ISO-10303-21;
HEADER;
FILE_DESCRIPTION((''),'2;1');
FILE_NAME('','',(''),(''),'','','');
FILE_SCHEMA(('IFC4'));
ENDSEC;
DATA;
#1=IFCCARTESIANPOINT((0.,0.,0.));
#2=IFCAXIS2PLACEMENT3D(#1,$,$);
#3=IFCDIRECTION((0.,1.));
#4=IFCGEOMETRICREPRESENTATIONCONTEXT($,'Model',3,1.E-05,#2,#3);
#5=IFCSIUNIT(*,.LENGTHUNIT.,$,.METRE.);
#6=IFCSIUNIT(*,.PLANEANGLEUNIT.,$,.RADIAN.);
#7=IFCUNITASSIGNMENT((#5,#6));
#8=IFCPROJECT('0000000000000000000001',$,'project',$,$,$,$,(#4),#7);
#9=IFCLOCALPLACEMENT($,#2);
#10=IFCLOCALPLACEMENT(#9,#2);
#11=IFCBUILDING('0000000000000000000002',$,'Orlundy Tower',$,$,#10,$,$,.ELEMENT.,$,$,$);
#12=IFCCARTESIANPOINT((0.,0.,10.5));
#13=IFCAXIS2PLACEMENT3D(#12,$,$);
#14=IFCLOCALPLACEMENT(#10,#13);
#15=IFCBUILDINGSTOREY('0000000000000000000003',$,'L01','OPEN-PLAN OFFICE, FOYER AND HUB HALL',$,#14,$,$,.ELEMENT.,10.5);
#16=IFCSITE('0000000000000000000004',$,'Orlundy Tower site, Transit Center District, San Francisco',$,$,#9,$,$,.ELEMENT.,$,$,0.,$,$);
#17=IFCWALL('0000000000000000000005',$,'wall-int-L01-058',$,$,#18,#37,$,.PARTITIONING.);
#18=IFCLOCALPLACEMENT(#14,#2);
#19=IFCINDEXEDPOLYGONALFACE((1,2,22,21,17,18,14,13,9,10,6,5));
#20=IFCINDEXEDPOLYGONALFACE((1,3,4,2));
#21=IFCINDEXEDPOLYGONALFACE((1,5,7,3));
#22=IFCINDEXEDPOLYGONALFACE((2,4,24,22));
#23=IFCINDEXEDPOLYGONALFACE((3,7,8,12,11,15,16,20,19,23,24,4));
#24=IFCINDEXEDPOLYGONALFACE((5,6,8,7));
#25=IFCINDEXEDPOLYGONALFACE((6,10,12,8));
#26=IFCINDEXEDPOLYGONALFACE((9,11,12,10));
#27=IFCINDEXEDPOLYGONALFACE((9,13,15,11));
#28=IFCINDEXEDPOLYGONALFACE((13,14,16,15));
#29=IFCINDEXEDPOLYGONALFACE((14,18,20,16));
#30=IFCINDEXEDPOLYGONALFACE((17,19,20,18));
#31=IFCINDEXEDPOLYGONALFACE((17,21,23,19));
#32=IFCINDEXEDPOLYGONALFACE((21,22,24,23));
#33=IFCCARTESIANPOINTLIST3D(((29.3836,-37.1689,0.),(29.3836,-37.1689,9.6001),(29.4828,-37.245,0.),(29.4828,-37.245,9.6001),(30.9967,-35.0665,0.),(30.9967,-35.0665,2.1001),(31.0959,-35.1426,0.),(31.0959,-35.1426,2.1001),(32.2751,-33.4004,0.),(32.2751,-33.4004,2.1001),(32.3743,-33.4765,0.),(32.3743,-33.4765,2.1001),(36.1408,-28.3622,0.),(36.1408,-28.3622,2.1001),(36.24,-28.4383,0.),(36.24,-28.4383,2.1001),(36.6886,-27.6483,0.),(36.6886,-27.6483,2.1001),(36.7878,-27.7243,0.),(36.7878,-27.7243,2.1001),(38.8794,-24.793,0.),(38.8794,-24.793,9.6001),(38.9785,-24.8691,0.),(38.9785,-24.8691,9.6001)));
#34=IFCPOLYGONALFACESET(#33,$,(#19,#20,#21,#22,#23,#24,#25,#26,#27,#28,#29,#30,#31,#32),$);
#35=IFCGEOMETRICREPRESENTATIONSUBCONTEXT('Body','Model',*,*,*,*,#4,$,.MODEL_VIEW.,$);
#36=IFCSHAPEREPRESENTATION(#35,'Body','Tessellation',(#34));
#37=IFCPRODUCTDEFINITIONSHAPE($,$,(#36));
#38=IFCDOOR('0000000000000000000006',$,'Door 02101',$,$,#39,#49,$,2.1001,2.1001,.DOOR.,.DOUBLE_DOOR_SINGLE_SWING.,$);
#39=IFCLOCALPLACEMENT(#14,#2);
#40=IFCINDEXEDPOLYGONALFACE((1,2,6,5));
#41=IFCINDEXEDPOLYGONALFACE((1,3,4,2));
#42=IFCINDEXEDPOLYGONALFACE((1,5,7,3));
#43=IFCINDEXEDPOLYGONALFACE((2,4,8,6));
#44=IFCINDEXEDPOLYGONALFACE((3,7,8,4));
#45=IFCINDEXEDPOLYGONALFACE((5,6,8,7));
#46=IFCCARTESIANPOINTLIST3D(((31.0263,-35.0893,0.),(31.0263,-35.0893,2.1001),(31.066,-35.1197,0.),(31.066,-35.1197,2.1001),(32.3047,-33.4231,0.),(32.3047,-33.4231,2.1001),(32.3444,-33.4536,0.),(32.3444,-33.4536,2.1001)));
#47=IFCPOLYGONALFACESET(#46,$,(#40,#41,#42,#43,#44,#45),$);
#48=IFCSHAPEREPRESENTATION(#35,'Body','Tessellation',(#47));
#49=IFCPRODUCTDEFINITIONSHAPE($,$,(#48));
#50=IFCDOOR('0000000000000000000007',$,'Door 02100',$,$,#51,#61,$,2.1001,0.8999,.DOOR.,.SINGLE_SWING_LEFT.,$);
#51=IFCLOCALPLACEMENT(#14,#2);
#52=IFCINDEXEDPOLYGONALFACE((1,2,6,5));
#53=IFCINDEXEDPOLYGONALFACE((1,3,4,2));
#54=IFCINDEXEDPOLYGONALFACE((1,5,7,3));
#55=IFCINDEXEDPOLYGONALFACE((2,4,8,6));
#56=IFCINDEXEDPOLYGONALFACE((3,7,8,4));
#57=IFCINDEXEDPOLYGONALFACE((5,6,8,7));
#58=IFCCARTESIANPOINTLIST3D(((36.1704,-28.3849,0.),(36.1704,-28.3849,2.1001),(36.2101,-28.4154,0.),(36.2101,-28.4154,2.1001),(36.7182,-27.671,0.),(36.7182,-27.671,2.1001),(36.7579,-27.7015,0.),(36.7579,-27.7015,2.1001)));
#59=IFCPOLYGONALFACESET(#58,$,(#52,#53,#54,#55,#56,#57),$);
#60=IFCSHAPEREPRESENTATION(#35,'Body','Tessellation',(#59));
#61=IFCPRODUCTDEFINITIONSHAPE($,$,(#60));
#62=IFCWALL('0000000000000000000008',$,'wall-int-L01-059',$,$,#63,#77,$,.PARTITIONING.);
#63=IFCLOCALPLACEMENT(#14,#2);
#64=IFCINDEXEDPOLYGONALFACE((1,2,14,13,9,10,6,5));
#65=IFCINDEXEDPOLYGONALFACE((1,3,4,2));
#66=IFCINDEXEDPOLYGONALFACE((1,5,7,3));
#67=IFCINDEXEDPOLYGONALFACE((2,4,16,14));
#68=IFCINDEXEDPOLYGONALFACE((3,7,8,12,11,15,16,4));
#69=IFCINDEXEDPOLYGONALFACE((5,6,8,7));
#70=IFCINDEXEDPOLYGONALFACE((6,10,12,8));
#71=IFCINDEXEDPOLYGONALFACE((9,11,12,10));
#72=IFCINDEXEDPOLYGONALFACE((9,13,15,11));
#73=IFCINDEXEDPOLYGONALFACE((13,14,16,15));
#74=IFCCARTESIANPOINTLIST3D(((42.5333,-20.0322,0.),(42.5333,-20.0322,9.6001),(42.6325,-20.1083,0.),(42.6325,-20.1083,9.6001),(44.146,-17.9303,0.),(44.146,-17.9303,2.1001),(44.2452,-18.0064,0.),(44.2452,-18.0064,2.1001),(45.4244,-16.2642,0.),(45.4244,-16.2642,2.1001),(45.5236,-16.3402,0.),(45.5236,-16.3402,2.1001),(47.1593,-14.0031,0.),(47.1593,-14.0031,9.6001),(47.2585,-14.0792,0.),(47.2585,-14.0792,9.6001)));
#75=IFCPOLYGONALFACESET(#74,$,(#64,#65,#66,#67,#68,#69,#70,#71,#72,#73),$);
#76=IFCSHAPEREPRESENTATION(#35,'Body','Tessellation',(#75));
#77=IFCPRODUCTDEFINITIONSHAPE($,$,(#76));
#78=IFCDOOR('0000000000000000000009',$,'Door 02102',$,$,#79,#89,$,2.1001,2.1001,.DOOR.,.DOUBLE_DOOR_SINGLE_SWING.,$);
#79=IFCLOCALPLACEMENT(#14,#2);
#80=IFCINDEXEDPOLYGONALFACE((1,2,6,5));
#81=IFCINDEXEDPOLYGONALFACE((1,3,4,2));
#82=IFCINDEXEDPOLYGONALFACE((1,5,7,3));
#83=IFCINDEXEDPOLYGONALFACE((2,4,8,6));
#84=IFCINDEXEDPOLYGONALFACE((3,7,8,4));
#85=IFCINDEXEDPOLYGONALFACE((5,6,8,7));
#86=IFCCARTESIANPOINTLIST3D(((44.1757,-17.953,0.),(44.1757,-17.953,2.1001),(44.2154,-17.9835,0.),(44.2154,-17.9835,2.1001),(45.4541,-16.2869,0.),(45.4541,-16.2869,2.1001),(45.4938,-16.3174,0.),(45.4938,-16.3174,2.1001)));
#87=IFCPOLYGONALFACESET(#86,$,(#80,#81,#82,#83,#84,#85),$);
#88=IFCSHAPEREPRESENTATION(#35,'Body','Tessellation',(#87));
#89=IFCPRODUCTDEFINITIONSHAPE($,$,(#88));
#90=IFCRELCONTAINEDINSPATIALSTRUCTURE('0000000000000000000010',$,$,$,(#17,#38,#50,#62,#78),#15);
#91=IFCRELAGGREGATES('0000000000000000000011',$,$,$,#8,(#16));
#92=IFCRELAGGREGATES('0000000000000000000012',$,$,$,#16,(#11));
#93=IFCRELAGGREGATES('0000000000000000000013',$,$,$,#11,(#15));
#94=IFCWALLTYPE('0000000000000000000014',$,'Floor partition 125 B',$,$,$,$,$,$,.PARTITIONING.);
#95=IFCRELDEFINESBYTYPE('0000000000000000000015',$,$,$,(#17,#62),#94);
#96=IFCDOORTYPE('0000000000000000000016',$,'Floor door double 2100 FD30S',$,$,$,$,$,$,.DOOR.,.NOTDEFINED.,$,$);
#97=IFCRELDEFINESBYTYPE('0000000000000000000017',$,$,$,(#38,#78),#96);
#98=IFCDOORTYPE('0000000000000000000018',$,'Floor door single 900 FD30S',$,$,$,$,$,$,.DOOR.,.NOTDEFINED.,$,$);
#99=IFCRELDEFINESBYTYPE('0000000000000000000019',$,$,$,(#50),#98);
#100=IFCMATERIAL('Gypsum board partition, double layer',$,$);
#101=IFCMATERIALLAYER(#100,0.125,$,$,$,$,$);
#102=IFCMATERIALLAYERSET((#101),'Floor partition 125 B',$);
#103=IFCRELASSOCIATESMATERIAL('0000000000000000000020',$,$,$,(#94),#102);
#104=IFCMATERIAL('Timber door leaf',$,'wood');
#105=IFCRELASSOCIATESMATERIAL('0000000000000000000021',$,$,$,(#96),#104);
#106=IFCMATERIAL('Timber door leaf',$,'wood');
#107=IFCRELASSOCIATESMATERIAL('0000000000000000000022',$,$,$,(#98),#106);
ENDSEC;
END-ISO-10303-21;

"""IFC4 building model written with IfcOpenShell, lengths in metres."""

from ifc_helpers import new_model, si_unit, direction, frame, frame_2d, origin, place, context, subcontext, project, spatial, rectangle, extrude, material, layer, layer_set, type_object, element, fill, save


model = new_model("IFC4")

# Units and contexts
model_context = context("Model", 3, precision=1e-05, world=origin(), true_north=direction((0.0, 1.0)))
body_context = subcontext(model_context, "Body", "Model", "MODEL_VIEW")
ifc_project = project(units=[si_unit("LENGTHUNIT", "METRE"), si_unit("PLANEANGLEUNIT", "RADIAN")], contexts=[model_context])

# Site, building, storey
site_placement = place(None, origin())
site = spatial("IfcSite", under=ifc_project, at=site_placement, Name="Orlundy Tower site, Transit Center District, San Francisco", CompositionType="ELEMENT", RefElevation=0.0)
building_placement = place(site_placement, origin())
building = spatial("IfcBuilding", under=site, at=building_placement, Name="Orlundy Tower", CompositionType="ELEMENT")
storey_placement = place(building_placement, frame((0.0, 0.0, 10.5)))
storey = spatial("IfcBuildingStorey", under=building, at=storey_placement, Name="L01", Description="OPEN-PLAN OFFICE, FOYER AND HUB HALL", CompositionType="ELEMENT", Elevation=10.5)

# Wall, openings, doors
ifc_material_1 = material(Name="Gypsum board partition, double layer")
ifc_layer_1 = layer(ifc_material_1, 0.125)
ifc_layer_set_1 = layer_set([ifc_layer_1], Name="Floor partition 125 B")
wall_type_1 = type_object("IfcWallType", Name="Floor partition 125 B", PredefinedType="PARTITIONING", material=ifc_layer_set_1)
wall_1_placement = place(storey_placement, frame((38.929, -24.8311, 0.0), z_axis=(0.0, 0.0, 1.0), x_axis=(-0.608738, -0.793371, 0.0)))
wall_1 = element("IfcWall", 1, at=wall_1_placement, inside=storey, type_object=wall_type_1, Name="wall-int-L01-058", PredefinedType="PARTITIONING", context=body_context, shape_type="SweptSolid", body=[
    extrude(rectangle(XDim=15.5991, YDim=0.125, at=frame_2d((7.7996, 0.0))), origin(), (0.0, 0.0, 1.0), 9.6001),
])
opening_1_placement = place(wall_1_placement, frame((3.5989, 0.0, 0.0)))
opening_1 = element("IfcOpeningElement", 2, at=opening_1_placement, cuts=wall_1, PredefinedType="OPENING", context=body_context, shape_type="SweptSolid", body=[
    extrude(rectangle(XDim=0.8999, YDim=2.1001, at=frame_2d((0.45, 1.05))), frame((0.0, 0.0725, 0.0), z_axis=(0.0, -1.0, 0.0), x_axis=(1.0, 0.0, 0.0)), (0.0, 0.0, 1.0), 0.145),
])
opening_2_placement = place(wall_1_placement, frame((10.8491, 0.0, 0.0)))
opening_2 = element("IfcOpeningElement", 3, at=opening_2_placement, cuts=wall_1, PredefinedType="OPENING", context=body_context, shape_type="SweptSolid", body=[
    extrude(rectangle(XDim=2.1001, YDim=2.1001, at=frame_2d((1.05, 1.05))), frame((0.0, 0.0725, 0.0), z_axis=(0.0, -1.0, 0.0), x_axis=(1.0, 0.0, 0.0)), (0.0, 0.0, 1.0), 0.145),
])
ifc_material_2 = material(Name="Timber door leaf", Category="wood")
door_type_1 = type_object("IfcDoorType", Name="Floor door double 2100 FD30S", OperationType="NOTDEFINED", PredefinedType="DOOR", material=ifc_material_2)
door_1_placement = place(opening_2_placement, origin())
door_1 = element("IfcDoor", 4, at=door_1_placement, inside=storey, type_object=door_type_1, Name="Door 02101", OperationType="DOUBLE_DOOR_SINGLE_SWING", OverallHeight=2.1001, OverallWidth=2.1001, PredefinedType="DOOR", context=body_context, shape_type="SweptSolid", body=[
    extrude(rectangle(XDim=2.1001, YDim=2.1001, at=frame_2d((1.05, 1.05))), frame((0.0, 0.0249, 0.0), z_axis=(0.0, -1.0, 0.0), x_axis=(1.0, 0.0, 0.0)), (0.0, 0.0, 1.0), 0.05),
])
fill(opening_2, door_1)
ifc_material_3 = material(Name="Timber door leaf", Category="wood")
door_type_2 = type_object("IfcDoorType", Name="Floor door single 900 FD30S", OperationType="NOTDEFINED", PredefinedType="DOOR", material=ifc_material_3)
door_2_placement = place(opening_1_placement, origin())
door_2 = element("IfcDoor", 5, at=door_2_placement, inside=storey, type_object=door_type_2, Name="Door 02100", OperationType="SINGLE_SWING_LEFT", OverallHeight=2.1001, OverallWidth=0.8999, PredefinedType="DOOR", context=body_context, shape_type="SweptSolid", body=[
    extrude(rectangle(XDim=0.8999, YDim=2.1001, at=frame_2d((0.45, 1.05))), frame((0.0, 0.0249, 0.0), z_axis=(0.0, -1.0, 0.0), x_axis=(1.0, 0.0, 0.0)), (0.0, 0.0, 1.0), 0.05),
])
fill(opening_1, door_2)

# Wall, opening, door
wall_2_placement = place(storey_placement, frame((47.209, -14.041, 0.0), z_axis=(0.0, 0.0, 1.0), x_axis=(-0.608738, -0.793371, 0.0)))
wall_2 = element("IfcWall", 6, at=wall_2_placement, inside=storey, type_object=wall_type_1, Name="wall-int-L01-059", PredefinedType="PARTITIONING", context=body_context, shape_type="SweptSolid", body=[
    extrude(rectangle(XDim=7.5994, YDim=0.125, at=frame_2d((3.7998, 0.0))), origin(), (0.0, 0.0, 1.0), 9.6001),
])
opening_3_placement = place(wall_2_placement, frame((2.8501, 0.0, 0.0)))
opening_3 = element("IfcOpeningElement", 7, at=opening_3_placement, cuts=wall_2, PredefinedType="OPENING", context=body_context, shape_type="SweptSolid", body=[
    extrude(rectangle(XDim=2.1001, YDim=2.1001, at=frame_2d((1.05, 1.05))), frame((0.0, 0.0725, 0.0), z_axis=(0.0, -1.0, 0.0), x_axis=(1.0, 0.0, 0.0)), (0.0, 0.0, 1.0), 0.145),
])
door_3_placement = place(opening_3_placement, origin())
door_3 = element("IfcDoor", 8, at=door_3_placement, inside=storey, type_object=door_type_1, Name="Door 02102", OperationType="DOUBLE_DOOR_SINGLE_SWING", OverallHeight=2.1001, OverallWidth=2.1001, PredefinedType="DOOR", context=body_context, shape_type="SweptSolid", body=[
    extrude(rectangle(XDim=2.1001, YDim=2.1001, at=frame_2d((1.05, 1.05))), frame((0.0, 0.0249, 0.0), z_axis=(0.0, -1.0, 0.0), x_axis=(1.0, 0.0, 0.0)), (0.0, 0.0, 1.0), 0.05),
])
fill(opening_3, door_3)

save(model, "model.ifc")
